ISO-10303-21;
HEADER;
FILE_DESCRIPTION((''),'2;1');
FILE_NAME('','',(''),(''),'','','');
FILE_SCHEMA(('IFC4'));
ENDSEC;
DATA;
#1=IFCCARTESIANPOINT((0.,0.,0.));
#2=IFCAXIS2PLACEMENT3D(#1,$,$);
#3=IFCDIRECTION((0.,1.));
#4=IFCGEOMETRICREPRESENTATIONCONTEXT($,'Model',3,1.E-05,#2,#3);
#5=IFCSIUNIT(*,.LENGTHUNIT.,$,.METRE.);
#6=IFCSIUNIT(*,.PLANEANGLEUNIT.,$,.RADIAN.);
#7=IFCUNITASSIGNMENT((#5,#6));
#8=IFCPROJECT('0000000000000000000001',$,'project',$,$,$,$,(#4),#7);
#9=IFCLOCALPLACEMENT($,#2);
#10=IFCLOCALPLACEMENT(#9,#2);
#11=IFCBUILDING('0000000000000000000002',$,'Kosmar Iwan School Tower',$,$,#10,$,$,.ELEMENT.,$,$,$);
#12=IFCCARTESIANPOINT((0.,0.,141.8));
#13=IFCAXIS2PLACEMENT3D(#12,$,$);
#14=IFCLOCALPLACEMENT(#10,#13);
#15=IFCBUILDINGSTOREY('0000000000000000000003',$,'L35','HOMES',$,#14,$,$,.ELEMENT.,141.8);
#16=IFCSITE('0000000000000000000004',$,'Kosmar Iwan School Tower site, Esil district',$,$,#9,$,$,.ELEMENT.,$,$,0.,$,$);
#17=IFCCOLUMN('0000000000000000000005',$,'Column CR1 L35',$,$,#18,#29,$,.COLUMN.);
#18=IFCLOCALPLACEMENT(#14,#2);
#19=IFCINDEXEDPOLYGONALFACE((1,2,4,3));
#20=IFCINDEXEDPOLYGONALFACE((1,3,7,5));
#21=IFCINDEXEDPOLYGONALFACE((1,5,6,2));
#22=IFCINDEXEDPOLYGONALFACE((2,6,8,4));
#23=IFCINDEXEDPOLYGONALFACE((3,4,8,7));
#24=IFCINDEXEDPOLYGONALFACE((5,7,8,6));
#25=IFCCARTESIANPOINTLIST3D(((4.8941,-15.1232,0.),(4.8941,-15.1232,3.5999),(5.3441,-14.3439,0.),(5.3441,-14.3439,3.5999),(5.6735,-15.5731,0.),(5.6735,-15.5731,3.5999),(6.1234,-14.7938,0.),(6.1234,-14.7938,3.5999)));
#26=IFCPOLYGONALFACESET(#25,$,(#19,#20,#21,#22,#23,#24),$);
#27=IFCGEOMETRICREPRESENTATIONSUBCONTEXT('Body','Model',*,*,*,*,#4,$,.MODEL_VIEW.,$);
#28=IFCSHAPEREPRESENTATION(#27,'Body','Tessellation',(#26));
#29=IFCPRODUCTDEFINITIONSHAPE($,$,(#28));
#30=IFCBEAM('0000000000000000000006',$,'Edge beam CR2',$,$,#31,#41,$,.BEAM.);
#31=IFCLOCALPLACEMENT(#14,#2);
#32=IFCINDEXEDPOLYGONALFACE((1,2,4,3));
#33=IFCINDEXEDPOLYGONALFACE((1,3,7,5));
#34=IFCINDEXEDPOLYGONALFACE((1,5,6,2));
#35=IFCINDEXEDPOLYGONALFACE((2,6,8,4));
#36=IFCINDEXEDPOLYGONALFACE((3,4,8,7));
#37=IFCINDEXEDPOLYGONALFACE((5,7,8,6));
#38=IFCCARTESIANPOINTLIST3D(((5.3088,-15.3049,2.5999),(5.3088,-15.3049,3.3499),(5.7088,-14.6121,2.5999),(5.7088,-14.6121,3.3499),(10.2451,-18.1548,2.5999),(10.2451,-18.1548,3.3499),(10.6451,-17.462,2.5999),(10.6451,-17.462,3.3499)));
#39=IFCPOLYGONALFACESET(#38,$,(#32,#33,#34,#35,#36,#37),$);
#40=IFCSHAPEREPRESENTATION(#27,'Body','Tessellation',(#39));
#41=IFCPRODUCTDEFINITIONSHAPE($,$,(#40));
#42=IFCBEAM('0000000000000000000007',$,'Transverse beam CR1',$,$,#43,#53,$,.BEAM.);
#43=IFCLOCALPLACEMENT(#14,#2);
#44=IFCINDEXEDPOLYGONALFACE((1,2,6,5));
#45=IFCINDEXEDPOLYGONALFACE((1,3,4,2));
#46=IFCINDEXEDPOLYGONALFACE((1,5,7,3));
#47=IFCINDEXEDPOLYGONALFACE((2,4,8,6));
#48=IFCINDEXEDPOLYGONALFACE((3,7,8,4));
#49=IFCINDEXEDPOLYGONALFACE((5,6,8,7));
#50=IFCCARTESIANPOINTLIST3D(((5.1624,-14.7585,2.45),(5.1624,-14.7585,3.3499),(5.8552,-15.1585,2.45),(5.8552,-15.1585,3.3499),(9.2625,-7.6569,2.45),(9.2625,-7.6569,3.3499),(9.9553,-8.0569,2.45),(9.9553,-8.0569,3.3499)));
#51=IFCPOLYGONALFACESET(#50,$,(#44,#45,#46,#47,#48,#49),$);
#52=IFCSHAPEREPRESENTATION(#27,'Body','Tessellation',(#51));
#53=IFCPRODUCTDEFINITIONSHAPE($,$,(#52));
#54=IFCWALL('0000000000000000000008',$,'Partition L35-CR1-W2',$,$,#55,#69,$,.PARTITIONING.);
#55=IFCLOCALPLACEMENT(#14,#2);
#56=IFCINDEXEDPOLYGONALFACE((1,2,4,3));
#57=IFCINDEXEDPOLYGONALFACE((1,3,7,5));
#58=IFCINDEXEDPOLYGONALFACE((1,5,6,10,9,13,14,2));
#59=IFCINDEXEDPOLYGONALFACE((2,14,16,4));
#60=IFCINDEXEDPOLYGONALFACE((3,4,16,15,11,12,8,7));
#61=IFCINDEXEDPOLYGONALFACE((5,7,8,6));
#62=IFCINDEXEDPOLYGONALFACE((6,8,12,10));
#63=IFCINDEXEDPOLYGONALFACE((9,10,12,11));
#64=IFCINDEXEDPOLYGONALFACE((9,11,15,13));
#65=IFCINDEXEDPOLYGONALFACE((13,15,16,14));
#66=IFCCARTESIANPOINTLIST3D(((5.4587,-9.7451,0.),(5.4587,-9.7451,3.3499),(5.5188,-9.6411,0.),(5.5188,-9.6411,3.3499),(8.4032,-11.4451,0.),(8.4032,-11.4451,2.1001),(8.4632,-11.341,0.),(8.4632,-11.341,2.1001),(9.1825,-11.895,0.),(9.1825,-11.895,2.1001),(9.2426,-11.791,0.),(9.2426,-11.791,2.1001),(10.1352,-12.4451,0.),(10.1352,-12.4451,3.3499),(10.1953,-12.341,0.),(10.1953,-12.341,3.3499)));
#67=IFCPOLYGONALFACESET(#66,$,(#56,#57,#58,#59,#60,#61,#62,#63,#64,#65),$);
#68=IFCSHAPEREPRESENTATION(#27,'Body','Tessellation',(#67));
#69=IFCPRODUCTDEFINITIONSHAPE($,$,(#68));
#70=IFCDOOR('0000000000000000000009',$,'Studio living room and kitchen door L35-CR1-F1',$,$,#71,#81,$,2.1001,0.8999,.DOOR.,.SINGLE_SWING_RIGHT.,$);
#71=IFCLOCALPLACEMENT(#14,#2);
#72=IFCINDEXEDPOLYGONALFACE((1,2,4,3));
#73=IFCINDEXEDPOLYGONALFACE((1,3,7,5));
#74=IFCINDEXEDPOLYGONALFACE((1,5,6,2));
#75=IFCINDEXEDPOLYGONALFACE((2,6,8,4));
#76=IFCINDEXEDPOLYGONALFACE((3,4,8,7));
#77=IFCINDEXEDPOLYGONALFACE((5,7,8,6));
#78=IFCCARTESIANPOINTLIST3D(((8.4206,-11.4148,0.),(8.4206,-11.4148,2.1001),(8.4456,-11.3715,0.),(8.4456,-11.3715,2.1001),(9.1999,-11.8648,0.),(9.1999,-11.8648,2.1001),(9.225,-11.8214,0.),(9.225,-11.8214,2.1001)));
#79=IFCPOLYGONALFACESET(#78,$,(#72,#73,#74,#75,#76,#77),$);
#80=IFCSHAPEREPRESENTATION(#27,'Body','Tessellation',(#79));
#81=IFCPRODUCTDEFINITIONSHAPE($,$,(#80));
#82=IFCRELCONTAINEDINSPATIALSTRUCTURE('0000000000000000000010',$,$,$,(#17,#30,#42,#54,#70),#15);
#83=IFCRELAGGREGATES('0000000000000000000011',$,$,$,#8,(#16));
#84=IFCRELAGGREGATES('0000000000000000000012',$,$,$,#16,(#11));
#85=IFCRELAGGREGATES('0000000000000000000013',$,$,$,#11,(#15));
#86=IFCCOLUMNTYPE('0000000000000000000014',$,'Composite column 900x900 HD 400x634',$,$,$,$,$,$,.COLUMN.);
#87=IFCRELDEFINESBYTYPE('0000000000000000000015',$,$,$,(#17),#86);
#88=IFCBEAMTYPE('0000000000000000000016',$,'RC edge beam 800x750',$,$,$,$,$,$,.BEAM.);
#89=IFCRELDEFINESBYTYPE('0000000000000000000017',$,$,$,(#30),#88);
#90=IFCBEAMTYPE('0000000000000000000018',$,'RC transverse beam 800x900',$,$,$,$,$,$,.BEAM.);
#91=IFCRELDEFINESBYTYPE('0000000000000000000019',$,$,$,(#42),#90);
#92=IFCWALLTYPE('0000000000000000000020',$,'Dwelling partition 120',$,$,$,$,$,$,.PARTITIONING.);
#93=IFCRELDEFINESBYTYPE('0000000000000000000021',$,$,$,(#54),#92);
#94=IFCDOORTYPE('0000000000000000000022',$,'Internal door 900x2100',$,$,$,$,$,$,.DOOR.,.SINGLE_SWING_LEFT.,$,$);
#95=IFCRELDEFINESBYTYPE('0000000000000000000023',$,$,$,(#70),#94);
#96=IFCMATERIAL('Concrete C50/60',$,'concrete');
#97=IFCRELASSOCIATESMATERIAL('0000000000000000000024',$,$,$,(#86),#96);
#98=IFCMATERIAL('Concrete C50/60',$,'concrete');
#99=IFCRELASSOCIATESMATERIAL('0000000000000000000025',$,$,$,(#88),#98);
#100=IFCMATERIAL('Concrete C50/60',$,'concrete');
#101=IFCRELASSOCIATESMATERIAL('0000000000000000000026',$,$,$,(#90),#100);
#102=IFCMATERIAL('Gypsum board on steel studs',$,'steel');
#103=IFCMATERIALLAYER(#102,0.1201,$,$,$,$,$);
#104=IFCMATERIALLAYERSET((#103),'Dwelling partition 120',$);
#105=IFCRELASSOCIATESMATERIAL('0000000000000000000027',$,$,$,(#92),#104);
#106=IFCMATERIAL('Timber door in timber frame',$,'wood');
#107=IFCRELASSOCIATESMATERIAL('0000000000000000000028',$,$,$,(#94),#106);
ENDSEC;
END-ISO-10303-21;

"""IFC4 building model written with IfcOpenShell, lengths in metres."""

from ifc_helpers import new_model, si_unit, direction, frame, frame_2d, origin, origin_2d, place, context, subcontext, project, spatial, rectangle, extrude, material, layer, layer_set, material_profile, profile_set, type_object, element, fill, save


model = new_model("IFC4")

# Units and contexts
model_context = context("Model", 3, precision=1e-05, world=origin(), true_north=direction((0.0, 1.0)))
body_context = subcontext(model_context, "Body", "Model", "MODEL_VIEW")
ifc_project = project(units=[si_unit("LENGTHUNIT", "METRE"), si_unit("PLANEANGLEUNIT", "RADIAN")], contexts=[model_context])

# Site, building, storey
site_placement = place(None, origin())
site = spatial("IfcSite", under=ifc_project, at=site_placement, Name="Kosmar Iwan School Tower site, Esil district", CompositionType="ELEMENT", RefElevation=0.0)
building_placement = place(site_placement, origin())
building = spatial("IfcBuilding", under=site, at=building_placement, Name="Kosmar Iwan School Tower", CompositionType="ELEMENT")
storey_placement = place(building_placement, frame((0.0, 0.0, 141.8)))
storey = spatial("IfcBuildingStorey", under=building, at=storey_placement, Name="L35", Description="HOMES", CompositionType="ELEMENT", Elevation=141.8)

# Column
ifc_material_1 = material(Name="Concrete C50/60", Category="concrete")
ifc_material_profile_1 = material_profile(ifc_material_1, rectangle(XDim=0.8999, YDim=0.8999, at=origin_2d()), Name="RC 900x900 + HD 400x634")
ifc_profile_set_1 = profile_set([ifc_material_profile_1], Name="Concrete C50/60")
column_type = type_object("IfcColumnType", Name="Composite column 900x900 HD 400x634", PredefinedType="COLUMN", material=ifc_profile_set_1)
column_placement = place(storey_placement, frame((5.5088, -14.9585, 0.0), z_axis=(0.0, 0.0, 1.0), x_axis=(0.866025, -0.5, 0.0)))
element("IfcColumn", 1, at=column_placement, inside=storey, type_object=column_type, Name="Column CR1 L35", PredefinedType="COLUMN", context=body_context, shape_type="SweptSolid", body=[
    extrude(rectangle(XDim=0.8999, YDim=0.8999, at=origin_2d()), origin(), (0.0, 0.0, 1.0), 3.5999),
])

# Beams
ifc_material_2 = material(Name="Concrete C50/60", Category="concrete")
ifc_material_profile_2 = material_profile(ifc_material_2, rectangle(XDim=0.8, YDim=0.75, at=origin_2d()), Name="RC 800x750")
ifc_profile_set_2 = profile_set([ifc_material_profile_2], Name="Concrete C50/60")
beam_type_1 = type_object("IfcBeamType", Name="RC edge beam 800x750", PredefinedType="BEAM", material=ifc_profile_set_2)
beam_1_placement = place(storey_placement, frame((5.5088, -14.9585, 2.9749), z_axis=(0.866034, -0.499986, 0.0), x_axis=(0.499986, 0.866034, 0.0)))
element("IfcBeam", 2, at=beam_1_placement, inside=storey, type_object=beam_type_1, Name="Edge beam CR2", PredefinedType="BEAM", context=body_context, shape_type="SweptSolid", body=[
    extrude(rectangle(XDim=0.8, YDim=0.75, at=origin_2d()), origin(), (0.0, 0.0, 1.0), 5.7),
])
ifc_material_3 = material(Name="Concrete C50/60", Category="concrete")
ifc_material_profile_3 = material_profile(ifc_material_3, rectangle(XDim=0.8, YDim=0.8999, at=origin_2d()), Name="RC 800x900")
ifc_profile_set_3 = profile_set([ifc_material_profile_3], Name="Concrete C50/60")
beam_type_2 = type_object("IfcBeamType", Name="RC transverse beam 800x900", PredefinedType="BEAM", material=ifc_profile_set_3)
beam_2_placement = place(storey_placement, frame((5.5088, -14.9585, 2.8999), z_axis=(0.500001, 0.866025, 0.0), x_axis=(-0.866025, 0.500001, 0.0)))
element("IfcBeam", 3, at=beam_2_placement, inside=storey, type_object=beam_type_2, Name="Transverse beam CR1", PredefinedType="BEAM", context=body_context, shape_type="SweptSolid", body=[
    extrude(rectangle(XDim=0.8, YDim=0.8999, at=origin_2d()), origin(), (0.0, 0.0, 1.0), 8.2002),
])

# Wall, opening, door
ifc_material_4 = material(Name="Gypsum board on steel studs", Category="steel")
ifc_layer_1 = layer(ifc_material_4, 0.1201)
ifc_layer_set_1 = layer_set([ifc_layer_1], Name="Dwelling partition 120")
wall_type_1 = type_object("IfcWallType", Name="Dwelling partition 120", PredefinedType="PARTITIONING", material=ifc_layer_set_1)
wall_1_placement = place(storey_placement, frame((5.4888, -9.6931, 0.0), z_axis=(0.0, 0.0, 1.0), x_axis=(0.866028, -0.499995, 0.0)))
wall_1 = element("IfcWall", 4, at=wall_1_placement, inside=storey, type_object=wall_type_1, Name="Partition L35-CR1-W2", PredefinedType="PARTITIONING", context=body_context, shape_type="SweptSolid", body=[
    extrude(rectangle(XDim=5.3999, YDim=0.1201, at=frame_2d((2.7, 0.0))), origin(), (0.0, 0.0, 1.0), 3.3499),
])
opening_1_placement = place(wall_1_placement, frame((3.3999, 0.0, 0.0)))
opening_1 = element("IfcOpeningElement", 5, at=opening_1_placement, cuts=wall_1, PredefinedType="OPENING", context=body_context, shape_type="SweptSolid", body=[
    extrude(rectangle(XDim=0.8999, YDim=2.1001, at=frame_2d((0.45, 1.05))), frame((0.0, 0.072, 0.0), z_axis=(0.0, -1.0, 0.0), x_axis=(1.0, 0.0, 0.0)), (0.0, 0.0, 1.0), 0.144),
])
ifc_material_5 = material(Name="Timber door in timber frame", Category="wood")
door_type = type_object("IfcDoorType", Name="Internal door 900x2100", OperationType="SINGLE_SWING_LEFT", PredefinedType="DOOR", material=ifc_material_5)
door_placement = place(opening_1_placement, origin())
door = element("IfcDoor", 6, at=door_placement, inside=storey, type_object=door_type, Name="Studio living room and kitchen door L35-CR1-F1", OperationType="SINGLE_SWING_RIGHT", OverallHeight=2.1001, OverallWidth=0.8999, PredefinedType="DOOR", context=body_context, shape_type="SweptSolid", body=[
    extrude(rectangle(XDim=0.8999, YDim=2.1001, at=frame_2d((0.45, 1.05))), frame((0.0, 0.0249, 0.0), z_axis=(0.0, -1.0, 0.0), x_axis=(1.0, 0.0, 0.0)), (0.0, 0.0, 1.0), 0.05),
])
fill(opening_1, door)

save(model, "model.ifc")
